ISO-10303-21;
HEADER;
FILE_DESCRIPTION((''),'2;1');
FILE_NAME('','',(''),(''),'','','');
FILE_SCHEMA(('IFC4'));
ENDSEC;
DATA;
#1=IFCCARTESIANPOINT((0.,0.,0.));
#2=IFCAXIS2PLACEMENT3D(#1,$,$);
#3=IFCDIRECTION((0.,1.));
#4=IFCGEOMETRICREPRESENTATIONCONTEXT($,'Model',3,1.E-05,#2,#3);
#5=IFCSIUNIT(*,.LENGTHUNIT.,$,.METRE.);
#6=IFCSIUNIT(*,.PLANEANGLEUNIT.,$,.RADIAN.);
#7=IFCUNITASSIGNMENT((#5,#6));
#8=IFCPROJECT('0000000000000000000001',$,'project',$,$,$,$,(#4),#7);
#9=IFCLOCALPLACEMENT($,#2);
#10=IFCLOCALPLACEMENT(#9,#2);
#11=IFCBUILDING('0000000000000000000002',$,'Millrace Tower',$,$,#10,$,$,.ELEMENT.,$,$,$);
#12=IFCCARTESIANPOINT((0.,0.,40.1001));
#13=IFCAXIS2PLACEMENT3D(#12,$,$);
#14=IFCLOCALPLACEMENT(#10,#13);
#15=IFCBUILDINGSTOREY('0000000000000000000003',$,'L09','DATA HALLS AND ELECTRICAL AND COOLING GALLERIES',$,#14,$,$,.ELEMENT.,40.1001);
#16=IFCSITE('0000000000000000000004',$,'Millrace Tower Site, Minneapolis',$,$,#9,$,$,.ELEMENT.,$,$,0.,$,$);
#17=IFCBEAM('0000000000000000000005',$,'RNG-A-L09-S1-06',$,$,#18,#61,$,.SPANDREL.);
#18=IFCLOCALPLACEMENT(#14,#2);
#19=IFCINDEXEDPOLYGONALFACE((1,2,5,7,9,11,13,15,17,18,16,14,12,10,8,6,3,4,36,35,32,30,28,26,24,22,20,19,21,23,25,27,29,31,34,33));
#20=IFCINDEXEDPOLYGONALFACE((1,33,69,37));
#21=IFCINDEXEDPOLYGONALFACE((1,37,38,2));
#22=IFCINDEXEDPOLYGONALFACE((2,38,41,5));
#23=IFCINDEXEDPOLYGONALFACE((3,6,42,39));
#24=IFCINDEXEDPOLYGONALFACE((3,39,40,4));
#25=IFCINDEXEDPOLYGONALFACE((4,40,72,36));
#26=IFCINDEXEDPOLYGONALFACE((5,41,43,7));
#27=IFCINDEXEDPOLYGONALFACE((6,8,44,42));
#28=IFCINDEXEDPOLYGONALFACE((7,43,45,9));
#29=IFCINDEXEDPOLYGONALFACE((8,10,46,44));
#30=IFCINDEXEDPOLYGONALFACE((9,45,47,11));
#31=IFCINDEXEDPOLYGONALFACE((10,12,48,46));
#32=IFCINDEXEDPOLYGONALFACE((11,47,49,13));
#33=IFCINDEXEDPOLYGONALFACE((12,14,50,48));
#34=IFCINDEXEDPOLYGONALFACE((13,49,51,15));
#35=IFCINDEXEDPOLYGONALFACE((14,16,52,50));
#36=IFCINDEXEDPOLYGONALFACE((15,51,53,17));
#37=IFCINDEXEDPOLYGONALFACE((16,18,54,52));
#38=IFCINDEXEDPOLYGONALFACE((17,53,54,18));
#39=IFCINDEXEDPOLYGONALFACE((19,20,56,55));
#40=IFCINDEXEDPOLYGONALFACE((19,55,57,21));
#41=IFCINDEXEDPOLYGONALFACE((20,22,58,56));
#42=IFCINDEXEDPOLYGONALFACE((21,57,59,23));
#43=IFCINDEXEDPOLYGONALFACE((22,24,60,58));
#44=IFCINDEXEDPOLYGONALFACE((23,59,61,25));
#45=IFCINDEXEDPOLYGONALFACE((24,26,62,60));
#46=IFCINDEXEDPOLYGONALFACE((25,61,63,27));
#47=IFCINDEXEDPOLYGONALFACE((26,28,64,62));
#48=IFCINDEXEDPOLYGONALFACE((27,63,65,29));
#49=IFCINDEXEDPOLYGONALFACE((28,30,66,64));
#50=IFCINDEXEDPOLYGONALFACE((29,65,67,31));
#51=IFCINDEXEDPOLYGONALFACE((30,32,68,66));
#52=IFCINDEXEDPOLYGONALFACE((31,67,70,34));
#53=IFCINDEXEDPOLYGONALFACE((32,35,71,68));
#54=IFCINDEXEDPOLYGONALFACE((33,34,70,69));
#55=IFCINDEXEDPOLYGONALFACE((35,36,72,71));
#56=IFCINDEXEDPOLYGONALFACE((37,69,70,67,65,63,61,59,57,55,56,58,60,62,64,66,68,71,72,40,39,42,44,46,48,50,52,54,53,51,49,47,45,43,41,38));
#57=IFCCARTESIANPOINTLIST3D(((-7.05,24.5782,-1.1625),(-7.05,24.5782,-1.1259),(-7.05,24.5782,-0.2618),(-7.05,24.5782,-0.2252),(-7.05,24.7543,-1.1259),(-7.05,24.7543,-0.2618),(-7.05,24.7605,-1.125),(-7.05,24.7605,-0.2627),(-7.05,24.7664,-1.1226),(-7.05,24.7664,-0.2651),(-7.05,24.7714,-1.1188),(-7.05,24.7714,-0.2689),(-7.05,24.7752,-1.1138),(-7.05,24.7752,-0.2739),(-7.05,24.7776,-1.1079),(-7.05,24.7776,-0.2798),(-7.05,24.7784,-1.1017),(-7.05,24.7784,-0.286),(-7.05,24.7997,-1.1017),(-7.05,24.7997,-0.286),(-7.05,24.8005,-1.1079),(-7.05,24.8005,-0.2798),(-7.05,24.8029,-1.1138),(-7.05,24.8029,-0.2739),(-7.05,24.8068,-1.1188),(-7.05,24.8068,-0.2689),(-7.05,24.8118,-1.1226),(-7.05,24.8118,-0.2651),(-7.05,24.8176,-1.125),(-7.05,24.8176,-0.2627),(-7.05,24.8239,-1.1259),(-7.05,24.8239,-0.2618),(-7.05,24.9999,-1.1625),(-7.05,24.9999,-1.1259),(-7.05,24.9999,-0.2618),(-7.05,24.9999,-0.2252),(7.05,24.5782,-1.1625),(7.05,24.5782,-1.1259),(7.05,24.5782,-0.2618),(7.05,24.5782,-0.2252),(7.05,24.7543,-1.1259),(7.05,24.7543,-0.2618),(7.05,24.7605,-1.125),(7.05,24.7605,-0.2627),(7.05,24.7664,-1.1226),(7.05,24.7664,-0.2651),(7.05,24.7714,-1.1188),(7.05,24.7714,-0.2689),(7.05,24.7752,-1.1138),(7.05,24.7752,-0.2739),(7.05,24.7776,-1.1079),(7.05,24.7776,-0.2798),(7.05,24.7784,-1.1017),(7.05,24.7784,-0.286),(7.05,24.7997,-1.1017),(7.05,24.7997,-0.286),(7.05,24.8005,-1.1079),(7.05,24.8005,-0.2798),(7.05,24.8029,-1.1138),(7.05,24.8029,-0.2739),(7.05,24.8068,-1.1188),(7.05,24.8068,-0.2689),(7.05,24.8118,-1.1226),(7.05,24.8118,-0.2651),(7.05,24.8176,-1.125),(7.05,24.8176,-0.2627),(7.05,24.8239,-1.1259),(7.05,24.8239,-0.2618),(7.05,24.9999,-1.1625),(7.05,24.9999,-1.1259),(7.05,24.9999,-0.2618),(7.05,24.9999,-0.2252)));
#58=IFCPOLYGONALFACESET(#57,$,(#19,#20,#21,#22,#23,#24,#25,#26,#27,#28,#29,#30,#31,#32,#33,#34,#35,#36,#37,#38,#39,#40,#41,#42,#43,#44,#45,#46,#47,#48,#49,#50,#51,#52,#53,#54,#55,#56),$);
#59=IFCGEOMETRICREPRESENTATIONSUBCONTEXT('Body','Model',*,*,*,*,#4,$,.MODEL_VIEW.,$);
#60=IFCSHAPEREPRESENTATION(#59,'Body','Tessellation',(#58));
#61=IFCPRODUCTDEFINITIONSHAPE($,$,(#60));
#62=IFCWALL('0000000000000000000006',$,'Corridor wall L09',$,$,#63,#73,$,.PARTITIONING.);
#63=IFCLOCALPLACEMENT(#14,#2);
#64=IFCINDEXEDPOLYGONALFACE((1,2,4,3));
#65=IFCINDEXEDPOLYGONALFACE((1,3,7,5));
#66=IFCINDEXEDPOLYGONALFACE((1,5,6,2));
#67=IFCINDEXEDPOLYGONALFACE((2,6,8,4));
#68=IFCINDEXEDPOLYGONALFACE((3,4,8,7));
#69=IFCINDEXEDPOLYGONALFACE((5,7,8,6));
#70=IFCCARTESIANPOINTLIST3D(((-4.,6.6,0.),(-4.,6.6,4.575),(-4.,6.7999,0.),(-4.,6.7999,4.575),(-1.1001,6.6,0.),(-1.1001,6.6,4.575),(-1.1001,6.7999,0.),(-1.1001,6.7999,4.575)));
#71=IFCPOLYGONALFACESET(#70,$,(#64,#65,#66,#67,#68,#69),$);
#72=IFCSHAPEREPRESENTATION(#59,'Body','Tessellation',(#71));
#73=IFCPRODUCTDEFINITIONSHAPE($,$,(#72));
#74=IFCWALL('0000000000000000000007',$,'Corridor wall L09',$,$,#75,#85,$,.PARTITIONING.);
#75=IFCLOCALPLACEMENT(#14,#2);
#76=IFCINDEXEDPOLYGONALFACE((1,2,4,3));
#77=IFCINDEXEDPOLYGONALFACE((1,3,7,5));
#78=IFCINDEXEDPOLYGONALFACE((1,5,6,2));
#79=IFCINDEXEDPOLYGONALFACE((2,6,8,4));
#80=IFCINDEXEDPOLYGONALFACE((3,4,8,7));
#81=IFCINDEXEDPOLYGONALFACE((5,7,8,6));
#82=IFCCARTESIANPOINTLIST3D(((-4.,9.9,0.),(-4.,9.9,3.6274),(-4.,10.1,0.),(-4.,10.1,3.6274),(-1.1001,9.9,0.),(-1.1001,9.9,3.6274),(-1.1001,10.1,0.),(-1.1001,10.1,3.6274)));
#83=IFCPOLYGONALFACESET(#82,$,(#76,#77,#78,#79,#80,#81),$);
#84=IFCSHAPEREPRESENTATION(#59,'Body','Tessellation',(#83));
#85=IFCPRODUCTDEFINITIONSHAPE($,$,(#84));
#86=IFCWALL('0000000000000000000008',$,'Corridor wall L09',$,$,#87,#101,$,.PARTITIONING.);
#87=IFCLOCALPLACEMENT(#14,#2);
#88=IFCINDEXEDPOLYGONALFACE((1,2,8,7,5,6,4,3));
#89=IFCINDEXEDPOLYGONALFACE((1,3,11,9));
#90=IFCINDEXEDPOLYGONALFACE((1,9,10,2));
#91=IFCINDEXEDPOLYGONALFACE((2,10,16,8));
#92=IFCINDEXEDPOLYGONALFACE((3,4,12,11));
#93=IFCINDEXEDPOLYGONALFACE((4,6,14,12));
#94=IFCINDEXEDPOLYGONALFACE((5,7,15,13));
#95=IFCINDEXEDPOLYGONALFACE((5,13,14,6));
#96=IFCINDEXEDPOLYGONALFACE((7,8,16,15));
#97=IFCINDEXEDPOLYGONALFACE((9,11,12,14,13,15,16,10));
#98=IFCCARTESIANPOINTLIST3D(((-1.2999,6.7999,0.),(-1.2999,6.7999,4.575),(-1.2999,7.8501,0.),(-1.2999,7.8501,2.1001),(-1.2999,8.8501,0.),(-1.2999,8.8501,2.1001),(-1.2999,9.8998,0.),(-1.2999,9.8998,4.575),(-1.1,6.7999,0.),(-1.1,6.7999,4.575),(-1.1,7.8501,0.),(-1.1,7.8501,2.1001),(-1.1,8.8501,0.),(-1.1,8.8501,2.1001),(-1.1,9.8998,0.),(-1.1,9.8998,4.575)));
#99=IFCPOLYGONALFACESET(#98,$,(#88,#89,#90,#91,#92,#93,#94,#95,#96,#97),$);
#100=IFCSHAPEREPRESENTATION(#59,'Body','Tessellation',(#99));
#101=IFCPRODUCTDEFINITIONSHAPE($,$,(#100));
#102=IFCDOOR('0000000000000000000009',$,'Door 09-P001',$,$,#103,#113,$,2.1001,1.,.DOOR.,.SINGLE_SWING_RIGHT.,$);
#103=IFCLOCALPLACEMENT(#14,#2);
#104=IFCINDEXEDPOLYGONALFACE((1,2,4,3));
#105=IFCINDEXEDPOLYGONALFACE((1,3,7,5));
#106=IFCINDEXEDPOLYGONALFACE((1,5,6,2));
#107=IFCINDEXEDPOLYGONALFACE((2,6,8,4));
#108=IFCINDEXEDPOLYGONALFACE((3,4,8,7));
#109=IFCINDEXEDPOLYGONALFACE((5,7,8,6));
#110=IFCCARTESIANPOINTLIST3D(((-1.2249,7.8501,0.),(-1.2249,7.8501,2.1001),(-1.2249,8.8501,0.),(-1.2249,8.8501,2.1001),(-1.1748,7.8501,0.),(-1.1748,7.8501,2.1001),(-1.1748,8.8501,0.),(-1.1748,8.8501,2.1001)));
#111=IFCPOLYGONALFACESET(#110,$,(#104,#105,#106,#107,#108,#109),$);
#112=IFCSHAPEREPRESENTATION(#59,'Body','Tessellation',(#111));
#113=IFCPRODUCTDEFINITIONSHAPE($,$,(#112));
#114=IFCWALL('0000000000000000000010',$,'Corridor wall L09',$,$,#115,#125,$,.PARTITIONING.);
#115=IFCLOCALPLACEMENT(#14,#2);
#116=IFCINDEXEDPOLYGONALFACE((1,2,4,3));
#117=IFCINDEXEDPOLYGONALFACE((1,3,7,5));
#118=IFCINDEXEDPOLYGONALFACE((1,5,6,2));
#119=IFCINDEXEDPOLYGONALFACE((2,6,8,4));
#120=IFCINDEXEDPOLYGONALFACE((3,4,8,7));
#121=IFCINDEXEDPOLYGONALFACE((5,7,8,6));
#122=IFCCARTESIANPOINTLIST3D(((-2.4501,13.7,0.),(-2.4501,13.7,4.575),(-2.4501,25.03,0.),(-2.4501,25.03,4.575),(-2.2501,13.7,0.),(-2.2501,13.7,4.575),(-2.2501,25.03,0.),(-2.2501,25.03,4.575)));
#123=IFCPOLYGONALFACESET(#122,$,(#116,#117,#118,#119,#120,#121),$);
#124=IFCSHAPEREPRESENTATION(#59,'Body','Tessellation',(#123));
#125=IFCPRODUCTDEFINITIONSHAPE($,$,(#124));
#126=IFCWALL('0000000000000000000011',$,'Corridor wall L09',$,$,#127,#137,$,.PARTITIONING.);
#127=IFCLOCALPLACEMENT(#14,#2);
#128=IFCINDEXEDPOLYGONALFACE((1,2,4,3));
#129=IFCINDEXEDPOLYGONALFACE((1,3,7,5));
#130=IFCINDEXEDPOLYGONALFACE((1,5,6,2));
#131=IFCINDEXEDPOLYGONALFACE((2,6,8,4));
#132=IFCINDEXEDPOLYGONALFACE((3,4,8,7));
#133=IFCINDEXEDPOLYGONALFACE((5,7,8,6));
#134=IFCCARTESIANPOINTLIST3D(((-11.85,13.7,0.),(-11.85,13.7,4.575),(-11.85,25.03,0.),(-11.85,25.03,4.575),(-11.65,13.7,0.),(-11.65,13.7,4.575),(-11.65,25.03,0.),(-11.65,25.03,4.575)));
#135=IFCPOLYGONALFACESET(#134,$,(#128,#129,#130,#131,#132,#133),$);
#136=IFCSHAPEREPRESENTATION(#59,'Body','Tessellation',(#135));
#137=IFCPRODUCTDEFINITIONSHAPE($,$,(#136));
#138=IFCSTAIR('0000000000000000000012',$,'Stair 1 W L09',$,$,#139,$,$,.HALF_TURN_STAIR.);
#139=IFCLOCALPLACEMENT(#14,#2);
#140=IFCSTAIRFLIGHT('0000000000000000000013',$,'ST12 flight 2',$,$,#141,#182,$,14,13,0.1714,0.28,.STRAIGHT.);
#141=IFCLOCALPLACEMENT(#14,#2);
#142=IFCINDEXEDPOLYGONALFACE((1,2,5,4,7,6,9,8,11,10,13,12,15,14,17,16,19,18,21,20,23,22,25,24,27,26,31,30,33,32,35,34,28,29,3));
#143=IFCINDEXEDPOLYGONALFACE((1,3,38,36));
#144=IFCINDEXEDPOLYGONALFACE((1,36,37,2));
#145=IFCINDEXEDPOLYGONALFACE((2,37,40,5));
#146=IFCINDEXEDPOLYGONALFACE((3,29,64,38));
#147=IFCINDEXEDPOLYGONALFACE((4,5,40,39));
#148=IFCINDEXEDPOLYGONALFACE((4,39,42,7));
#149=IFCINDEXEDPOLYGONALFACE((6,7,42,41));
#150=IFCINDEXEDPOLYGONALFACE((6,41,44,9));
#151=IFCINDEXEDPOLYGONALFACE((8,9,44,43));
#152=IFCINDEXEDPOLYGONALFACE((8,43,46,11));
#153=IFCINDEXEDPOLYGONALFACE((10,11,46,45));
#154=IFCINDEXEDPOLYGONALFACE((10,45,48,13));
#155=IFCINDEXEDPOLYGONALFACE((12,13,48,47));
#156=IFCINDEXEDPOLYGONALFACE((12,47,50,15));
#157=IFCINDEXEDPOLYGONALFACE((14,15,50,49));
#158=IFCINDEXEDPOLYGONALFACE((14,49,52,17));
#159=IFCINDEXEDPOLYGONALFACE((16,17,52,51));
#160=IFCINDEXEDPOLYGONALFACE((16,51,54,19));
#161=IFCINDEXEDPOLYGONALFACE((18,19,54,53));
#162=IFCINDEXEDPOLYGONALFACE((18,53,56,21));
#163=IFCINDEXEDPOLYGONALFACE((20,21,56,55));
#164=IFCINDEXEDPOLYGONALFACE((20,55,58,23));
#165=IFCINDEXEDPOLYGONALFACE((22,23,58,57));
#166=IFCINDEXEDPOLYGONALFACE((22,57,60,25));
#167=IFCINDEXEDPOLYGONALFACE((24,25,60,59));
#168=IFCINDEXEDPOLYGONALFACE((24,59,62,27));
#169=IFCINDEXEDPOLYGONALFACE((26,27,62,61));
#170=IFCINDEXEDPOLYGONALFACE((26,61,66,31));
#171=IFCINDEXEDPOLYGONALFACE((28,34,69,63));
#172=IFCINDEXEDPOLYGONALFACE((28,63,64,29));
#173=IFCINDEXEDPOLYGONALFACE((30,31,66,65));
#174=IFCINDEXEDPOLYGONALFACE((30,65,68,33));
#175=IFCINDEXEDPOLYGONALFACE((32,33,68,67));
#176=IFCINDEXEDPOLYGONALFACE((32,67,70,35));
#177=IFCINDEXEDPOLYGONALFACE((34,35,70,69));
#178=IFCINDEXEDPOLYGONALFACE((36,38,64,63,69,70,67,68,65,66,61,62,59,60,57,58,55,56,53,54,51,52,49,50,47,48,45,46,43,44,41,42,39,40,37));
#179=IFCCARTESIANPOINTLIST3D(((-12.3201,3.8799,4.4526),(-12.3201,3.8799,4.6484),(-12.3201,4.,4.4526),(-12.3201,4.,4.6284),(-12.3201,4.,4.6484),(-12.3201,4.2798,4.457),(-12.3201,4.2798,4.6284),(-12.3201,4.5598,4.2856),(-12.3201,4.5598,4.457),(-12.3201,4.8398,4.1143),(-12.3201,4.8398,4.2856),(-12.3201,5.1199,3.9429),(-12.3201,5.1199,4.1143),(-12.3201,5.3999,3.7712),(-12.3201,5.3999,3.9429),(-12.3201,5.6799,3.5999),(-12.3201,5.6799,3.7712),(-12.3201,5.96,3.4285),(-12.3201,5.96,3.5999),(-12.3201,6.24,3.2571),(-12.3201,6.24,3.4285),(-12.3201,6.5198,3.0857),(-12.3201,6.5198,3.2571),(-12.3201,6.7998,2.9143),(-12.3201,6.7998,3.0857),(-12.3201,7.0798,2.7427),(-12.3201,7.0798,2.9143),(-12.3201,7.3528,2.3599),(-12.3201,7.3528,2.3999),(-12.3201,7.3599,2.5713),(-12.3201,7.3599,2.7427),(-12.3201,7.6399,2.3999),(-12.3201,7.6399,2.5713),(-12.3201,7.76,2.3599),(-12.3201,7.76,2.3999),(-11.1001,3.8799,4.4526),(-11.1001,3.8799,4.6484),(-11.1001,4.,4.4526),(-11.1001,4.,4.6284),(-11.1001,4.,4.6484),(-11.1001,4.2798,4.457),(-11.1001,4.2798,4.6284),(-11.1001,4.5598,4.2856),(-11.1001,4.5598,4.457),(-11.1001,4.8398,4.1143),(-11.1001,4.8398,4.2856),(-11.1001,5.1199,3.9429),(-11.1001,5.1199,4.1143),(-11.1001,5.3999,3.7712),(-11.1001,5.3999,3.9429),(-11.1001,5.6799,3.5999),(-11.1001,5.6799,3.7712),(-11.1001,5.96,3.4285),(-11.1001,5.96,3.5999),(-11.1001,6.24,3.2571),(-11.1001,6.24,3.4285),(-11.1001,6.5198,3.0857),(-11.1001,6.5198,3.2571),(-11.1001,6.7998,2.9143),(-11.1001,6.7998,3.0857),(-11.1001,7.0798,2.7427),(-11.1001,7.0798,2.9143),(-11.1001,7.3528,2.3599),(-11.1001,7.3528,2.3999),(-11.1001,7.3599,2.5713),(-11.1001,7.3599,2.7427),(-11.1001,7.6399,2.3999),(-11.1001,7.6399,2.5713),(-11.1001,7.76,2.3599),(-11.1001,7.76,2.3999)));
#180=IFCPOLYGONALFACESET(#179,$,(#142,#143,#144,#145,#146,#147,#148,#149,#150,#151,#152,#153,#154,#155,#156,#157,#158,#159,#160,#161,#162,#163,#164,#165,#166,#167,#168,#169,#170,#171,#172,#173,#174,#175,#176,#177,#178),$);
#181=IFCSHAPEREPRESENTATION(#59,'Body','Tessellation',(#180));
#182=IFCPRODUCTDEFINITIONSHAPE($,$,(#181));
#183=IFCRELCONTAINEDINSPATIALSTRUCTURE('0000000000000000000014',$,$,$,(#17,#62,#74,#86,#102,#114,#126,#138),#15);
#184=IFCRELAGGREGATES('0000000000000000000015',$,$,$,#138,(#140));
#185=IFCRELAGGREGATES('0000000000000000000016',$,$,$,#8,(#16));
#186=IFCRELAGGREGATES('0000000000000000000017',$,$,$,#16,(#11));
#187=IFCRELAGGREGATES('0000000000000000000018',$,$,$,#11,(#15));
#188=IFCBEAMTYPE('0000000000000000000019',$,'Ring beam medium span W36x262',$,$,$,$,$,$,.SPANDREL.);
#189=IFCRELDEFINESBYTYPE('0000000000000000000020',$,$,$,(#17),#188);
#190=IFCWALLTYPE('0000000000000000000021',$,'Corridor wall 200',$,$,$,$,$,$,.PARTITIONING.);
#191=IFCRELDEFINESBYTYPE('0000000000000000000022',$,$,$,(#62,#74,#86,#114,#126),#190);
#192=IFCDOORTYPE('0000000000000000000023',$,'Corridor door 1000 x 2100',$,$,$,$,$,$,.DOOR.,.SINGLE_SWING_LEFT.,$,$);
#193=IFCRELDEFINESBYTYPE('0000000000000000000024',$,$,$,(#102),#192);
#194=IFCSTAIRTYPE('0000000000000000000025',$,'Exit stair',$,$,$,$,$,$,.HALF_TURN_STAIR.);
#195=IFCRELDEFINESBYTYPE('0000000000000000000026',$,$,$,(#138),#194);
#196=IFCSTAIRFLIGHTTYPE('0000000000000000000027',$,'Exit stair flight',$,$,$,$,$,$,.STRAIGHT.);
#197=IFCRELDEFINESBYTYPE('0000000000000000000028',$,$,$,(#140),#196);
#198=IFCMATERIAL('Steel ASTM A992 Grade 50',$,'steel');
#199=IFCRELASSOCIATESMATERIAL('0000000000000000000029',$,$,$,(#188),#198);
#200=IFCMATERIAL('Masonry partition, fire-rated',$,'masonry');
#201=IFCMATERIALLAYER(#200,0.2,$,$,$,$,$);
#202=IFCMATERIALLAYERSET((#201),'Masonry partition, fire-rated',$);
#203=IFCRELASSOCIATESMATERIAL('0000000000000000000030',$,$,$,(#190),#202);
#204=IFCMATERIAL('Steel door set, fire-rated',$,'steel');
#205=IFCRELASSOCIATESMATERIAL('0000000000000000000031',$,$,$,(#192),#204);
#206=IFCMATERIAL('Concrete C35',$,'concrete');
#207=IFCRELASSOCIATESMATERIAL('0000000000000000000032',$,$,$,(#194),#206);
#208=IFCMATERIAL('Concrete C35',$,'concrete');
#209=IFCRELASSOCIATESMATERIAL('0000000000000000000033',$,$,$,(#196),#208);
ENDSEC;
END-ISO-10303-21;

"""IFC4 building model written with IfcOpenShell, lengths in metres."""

from ifc_helpers import new_model, si_unit, direction, frame, frame_2d, origin, origin_2d, place, context, subcontext, project, spatial, polyline, rectangle, i_section, outline, extrude, material, layer, layer_set, material_profile, profile_set, type_object, element, fill, aggregate, save


model = new_model("IFC4")

# Units and contexts
model_context = context("Model", 3, precision=1e-05, world=origin(), true_north=direction((0.0, 1.0)))
body_context = subcontext(model_context, "Body", "Model", "MODEL_VIEW")
ifc_project = project(units=[si_unit("LENGTHUNIT", "METRE"), si_unit("PLANEANGLEUNIT", "RADIAN")], contexts=[model_context])

# Site, building, storey
site_placement = place(None, origin())
site = spatial("IfcSite", under=ifc_project, at=site_placement, Name="Millrace Tower Site, Minneapolis", CompositionType="ELEMENT", RefElevation=0.0)
building_placement = place(site_placement, origin())
building = spatial("IfcBuilding", under=site, at=building_placement, Name="Millrace Tower", CompositionType="ELEMENT")
storey_placement = place(building_placement, frame((0.0, 0.0, 40.1001)))
storey = spatial("IfcBuildingStorey", under=building, at=storey_placement, Name="L09", Description="DATA HALLS AND ELECTRICAL AND COOLING GALLERIES", CompositionType="ELEMENT", Elevation=40.1001)

# Shared definitions
placement = place(storey_placement, origin())

# Beam
ifc_material_1 = material(Name="Steel ASTM A992 Grade 50", Category="steel")
ifc_material_profile_1 = material_profile(ifc_material_1, i_section(OverallWidth=0.4216, OverallDepth=0.9373, WebThickness=0.0212, FlangeThickness=0.0366, FilletRadius=0.0242, at=origin_2d()))
ifc_profile_set_1 = profile_set([ifc_material_profile_1], Name="Steel ASTM A992 Grade 50")
beam_type_1 = type_object("IfcBeamType", Name="Ring beam medium span W36x262", PredefinedType="SPANDREL", material=ifc_profile_set_1)
beam_1_placement = place(storey_placement, frame((-7.05, 24.7891, -0.6938), z_axis=(1.0, 0.0, 0.0), x_axis=(0.0, 1.0, 0.0)))
element("IfcBeam", 1, at=beam_1_placement, inside=storey, type_object=beam_type_1, Name="RNG-A-L09-S1-06", PredefinedType="SPANDREL", context=body_context, shape_type="SweptSolid", body=[
    extrude(i_section(OverallWidth=0.4216, OverallDepth=0.9373, WebThickness=0.0212, FlangeThickness=0.0366, FilletRadius=0.0242, at=origin_2d()), origin(), (0.0, 0.0, 1.0), 14.1001),
])

# Walls
ifc_material_2 = material(Name="Masonry partition, fire-rated", Category="masonry")
ifc_layer_1 = layer(ifc_material_2, 0.2)
ifc_layer_set_1 = layer_set([ifc_layer_1], Name="Masonry partition, fire-rated")
wall_type = type_object("IfcWallType", Name="Corridor wall 200", PredefinedType="PARTITIONING", material=ifc_layer_set_1)
wall_1_placement = place(storey_placement, frame((-4.0, 6.7, 0.0), z_axis=(0.0, 0.0, 1.0), x_axis=(1.0, 0.0, 0.0)))
element("IfcWall", 2, at=wall_1_placement, inside=storey, type_object=wall_type, Name="Corridor wall L09", PredefinedType="PARTITIONING", context=body_context, shape_type="SweptSolid", body=[
    extrude(rectangle(XDim=2.8999, YDim=0.2, at=frame_2d((1.45, 0.0))), origin(), (0.0, 0.0, 1.0), 4.575),
])
wall_2_placement = place(storey_placement, frame((-4.0, 10.0, 0.0), z_axis=(0.0, 0.0, 1.0), x_axis=(1.0, 0.0, 0.0)))
element("IfcWall", 3, at=wall_2_placement, inside=storey, type_object=wall_type, Name="Corridor wall L09", PredefinedType="PARTITIONING", context=body_context, shape_type="SweptSolid", body=[
    extrude(rectangle(XDim=2.8999, YDim=0.2, at=frame_2d((1.45, 0.0))), origin(), (0.0, 0.0, 1.0), 3.6274),
])

# Wall, opening, door
wall_3_placement = place(storey_placement, frame((-1.2, 6.8, 0.0), z_axis=(0.0, 0.0, 1.0), x_axis=(0.0, 1.0, 0.0)))
wall_3 = element("IfcWall", 4, at=wall_3_placement, inside=storey, type_object=wall_type, Name="Corridor wall L09", PredefinedType="PARTITIONING", context=body_context, shape_type="SweptSolid", body=[
    extrude(rectangle(XDim=3.0999, YDim=0.2, at=frame_2d((1.5498, 0.0))), origin(), (0.0, 0.0, 1.0), 4.575),
])
opening_placement = place(wall_3_placement, frame((1.05, 0.0, 0.0)))
opening = element("IfcOpeningElement", 5, at=opening_placement, cuts=wall_3, PredefinedType="OPENING", context=body_context, shape_type="SweptSolid", body=[
    extrude(rectangle(XDim=1.0, YDim=2.1001, at=frame_2d((0.5, 1.05))), frame((0.0, 0.1099, 0.0), z_axis=(0.0, -1.0, 0.0), x_axis=(1.0, 0.0, 0.0)), (0.0, 0.0, 1.0), 0.22),
])
ifc_material_3 = material(Name="Steel door set, fire-rated", Category="steel")
door_type = type_object("IfcDoorType", Name="Corridor door 1000 x 2100", OperationType="SINGLE_SWING_LEFT", PredefinedType="DOOR", material=ifc_material_3)
door_placement = place(opening_placement, origin())
door = element("IfcDoor", 6, at=door_placement, inside=storey, type_object=door_type, Name="Door 09-P001", OperationType="SINGLE_SWING_RIGHT", OverallHeight=2.1001, OverallWidth=1.0, PredefinedType="DOOR", context=body_context, shape_type="SweptSolid", body=[
    extrude(rectangle(XDim=1.0, YDim=2.1001, at=frame_2d((0.5, 1.05))), frame((0.0, 0.0249, 0.0), z_axis=(0.0, -1.0, 0.0), x_axis=(1.0, 0.0, 0.0)), (0.0, 0.0, 1.0), 0.05),
])
fill(opening, door)

# Walls
for number, where, z_axis, x_axis, name in (
    (7, (-2.3501, 13.7, 0.0), (0.0, 0.0, 1.0), (0.0, 1.0, 0.0), "Corridor wall L09"),
    (8, (-11.75, 13.7, 0.0), (0.0, 0.0, 1.0), (0.0, 1.0, 0.0), "Corridor wall L09"),
):
    element("IfcWall", number, at=place(storey_placement, frame(where, z_axis=z_axis, x_axis=x_axis)), inside=storey, type_object=wall_type, Name=name, PredefinedType="PARTITIONING", context=body_context, shape_type="SweptSolid", body=[
        extrude(rectangle(XDim=11.3301, YDim=0.2, at=frame_2d((5.665, 0.0))), origin(), (0.0, 0.0, 1.0), 4.575),
    ])

# Stair, stair flight
ifc_material_4 = material(Name="Concrete C35", Category="concrete")
stair_type = type_object("IfcStairType", Name="Exit stair", PredefinedType="HALF_TURN_STAIR", material=ifc_material_4)
stair_1 = element("IfcStair", 9, at=placement, inside=storey, type_object=stair_type, Name="Stair 1 W L09", PredefinedType="HALF_TURN_STAIR")
ifc_material_5 = material(Name="Concrete C35", Category="concrete")
stair_flight_type = type_object("IfcStairFlightType", Name="Exit stair flight", PredefinedType="STRAIGHT", material=ifc_material_5)
stair_flight_1_placement = place(storey_placement, frame((-11.71, 7.6399, 2.3999), z_axis=(0.0, 0.0, 1.0), x_axis=(0.0, -1.0, 0.0)))
stair_flight_1 = element("IfcStairFlight", 10, at=stair_flight_1_placement, type_object=stair_flight_type, Name="ST12 flight 2", NumberOfRisers=14, NumberOfTreads=13, PredefinedType="STRAIGHT", RiserHeight=0.1714, TreadLength=0.28, context=body_context, shape_type="SweptSolid", body=[
    extrude(outline(polyline([(-0.1201, -0.04), (-0.1201, 0.0), (0.0, 0.0), (0.0, 0.1714), (0.28, 0.1714), (0.28, 0.3428), (0.5601, 0.3428), (0.5601, 0.5144), (0.8401, 0.5144), (0.8401, 0.6858), (1.1201, 0.6858), (1.1201, 0.8572), (1.3999, 0.8572), (1.3999, 1.0286), (1.6799, 1.0286), (1.6799, 1.2), (1.96, 1.2), (1.96, 1.3713), (2.24, 1.3713), (2.24, 1.543), (2.52, 1.543), (2.52, 1.7144), (2.8, 1.7144), (2.8, 1.8857), (3.0801, 1.8857), (3.0801, 2.0571), (3.3601, 2.0571), (3.3601, 2.2285), (3.6399, 2.2285), (3.6399, 2.2485), (3.76, 2.2485), (3.76, 2.0527), (3.6399, 2.0527), (0.2871, 0.0), (0.2871, -0.04), (-0.1201, -0.04)])), frame((0.0, 0.6099, 0.0), z_axis=(0.0, -1.0, 0.0), x_axis=(1.0, 0.0, 0.0)), (0.0, 0.0, 1.0), 1.22),
])
aggregate(stair_1, [stair_flight_1])

save(model, "model.ifc")
